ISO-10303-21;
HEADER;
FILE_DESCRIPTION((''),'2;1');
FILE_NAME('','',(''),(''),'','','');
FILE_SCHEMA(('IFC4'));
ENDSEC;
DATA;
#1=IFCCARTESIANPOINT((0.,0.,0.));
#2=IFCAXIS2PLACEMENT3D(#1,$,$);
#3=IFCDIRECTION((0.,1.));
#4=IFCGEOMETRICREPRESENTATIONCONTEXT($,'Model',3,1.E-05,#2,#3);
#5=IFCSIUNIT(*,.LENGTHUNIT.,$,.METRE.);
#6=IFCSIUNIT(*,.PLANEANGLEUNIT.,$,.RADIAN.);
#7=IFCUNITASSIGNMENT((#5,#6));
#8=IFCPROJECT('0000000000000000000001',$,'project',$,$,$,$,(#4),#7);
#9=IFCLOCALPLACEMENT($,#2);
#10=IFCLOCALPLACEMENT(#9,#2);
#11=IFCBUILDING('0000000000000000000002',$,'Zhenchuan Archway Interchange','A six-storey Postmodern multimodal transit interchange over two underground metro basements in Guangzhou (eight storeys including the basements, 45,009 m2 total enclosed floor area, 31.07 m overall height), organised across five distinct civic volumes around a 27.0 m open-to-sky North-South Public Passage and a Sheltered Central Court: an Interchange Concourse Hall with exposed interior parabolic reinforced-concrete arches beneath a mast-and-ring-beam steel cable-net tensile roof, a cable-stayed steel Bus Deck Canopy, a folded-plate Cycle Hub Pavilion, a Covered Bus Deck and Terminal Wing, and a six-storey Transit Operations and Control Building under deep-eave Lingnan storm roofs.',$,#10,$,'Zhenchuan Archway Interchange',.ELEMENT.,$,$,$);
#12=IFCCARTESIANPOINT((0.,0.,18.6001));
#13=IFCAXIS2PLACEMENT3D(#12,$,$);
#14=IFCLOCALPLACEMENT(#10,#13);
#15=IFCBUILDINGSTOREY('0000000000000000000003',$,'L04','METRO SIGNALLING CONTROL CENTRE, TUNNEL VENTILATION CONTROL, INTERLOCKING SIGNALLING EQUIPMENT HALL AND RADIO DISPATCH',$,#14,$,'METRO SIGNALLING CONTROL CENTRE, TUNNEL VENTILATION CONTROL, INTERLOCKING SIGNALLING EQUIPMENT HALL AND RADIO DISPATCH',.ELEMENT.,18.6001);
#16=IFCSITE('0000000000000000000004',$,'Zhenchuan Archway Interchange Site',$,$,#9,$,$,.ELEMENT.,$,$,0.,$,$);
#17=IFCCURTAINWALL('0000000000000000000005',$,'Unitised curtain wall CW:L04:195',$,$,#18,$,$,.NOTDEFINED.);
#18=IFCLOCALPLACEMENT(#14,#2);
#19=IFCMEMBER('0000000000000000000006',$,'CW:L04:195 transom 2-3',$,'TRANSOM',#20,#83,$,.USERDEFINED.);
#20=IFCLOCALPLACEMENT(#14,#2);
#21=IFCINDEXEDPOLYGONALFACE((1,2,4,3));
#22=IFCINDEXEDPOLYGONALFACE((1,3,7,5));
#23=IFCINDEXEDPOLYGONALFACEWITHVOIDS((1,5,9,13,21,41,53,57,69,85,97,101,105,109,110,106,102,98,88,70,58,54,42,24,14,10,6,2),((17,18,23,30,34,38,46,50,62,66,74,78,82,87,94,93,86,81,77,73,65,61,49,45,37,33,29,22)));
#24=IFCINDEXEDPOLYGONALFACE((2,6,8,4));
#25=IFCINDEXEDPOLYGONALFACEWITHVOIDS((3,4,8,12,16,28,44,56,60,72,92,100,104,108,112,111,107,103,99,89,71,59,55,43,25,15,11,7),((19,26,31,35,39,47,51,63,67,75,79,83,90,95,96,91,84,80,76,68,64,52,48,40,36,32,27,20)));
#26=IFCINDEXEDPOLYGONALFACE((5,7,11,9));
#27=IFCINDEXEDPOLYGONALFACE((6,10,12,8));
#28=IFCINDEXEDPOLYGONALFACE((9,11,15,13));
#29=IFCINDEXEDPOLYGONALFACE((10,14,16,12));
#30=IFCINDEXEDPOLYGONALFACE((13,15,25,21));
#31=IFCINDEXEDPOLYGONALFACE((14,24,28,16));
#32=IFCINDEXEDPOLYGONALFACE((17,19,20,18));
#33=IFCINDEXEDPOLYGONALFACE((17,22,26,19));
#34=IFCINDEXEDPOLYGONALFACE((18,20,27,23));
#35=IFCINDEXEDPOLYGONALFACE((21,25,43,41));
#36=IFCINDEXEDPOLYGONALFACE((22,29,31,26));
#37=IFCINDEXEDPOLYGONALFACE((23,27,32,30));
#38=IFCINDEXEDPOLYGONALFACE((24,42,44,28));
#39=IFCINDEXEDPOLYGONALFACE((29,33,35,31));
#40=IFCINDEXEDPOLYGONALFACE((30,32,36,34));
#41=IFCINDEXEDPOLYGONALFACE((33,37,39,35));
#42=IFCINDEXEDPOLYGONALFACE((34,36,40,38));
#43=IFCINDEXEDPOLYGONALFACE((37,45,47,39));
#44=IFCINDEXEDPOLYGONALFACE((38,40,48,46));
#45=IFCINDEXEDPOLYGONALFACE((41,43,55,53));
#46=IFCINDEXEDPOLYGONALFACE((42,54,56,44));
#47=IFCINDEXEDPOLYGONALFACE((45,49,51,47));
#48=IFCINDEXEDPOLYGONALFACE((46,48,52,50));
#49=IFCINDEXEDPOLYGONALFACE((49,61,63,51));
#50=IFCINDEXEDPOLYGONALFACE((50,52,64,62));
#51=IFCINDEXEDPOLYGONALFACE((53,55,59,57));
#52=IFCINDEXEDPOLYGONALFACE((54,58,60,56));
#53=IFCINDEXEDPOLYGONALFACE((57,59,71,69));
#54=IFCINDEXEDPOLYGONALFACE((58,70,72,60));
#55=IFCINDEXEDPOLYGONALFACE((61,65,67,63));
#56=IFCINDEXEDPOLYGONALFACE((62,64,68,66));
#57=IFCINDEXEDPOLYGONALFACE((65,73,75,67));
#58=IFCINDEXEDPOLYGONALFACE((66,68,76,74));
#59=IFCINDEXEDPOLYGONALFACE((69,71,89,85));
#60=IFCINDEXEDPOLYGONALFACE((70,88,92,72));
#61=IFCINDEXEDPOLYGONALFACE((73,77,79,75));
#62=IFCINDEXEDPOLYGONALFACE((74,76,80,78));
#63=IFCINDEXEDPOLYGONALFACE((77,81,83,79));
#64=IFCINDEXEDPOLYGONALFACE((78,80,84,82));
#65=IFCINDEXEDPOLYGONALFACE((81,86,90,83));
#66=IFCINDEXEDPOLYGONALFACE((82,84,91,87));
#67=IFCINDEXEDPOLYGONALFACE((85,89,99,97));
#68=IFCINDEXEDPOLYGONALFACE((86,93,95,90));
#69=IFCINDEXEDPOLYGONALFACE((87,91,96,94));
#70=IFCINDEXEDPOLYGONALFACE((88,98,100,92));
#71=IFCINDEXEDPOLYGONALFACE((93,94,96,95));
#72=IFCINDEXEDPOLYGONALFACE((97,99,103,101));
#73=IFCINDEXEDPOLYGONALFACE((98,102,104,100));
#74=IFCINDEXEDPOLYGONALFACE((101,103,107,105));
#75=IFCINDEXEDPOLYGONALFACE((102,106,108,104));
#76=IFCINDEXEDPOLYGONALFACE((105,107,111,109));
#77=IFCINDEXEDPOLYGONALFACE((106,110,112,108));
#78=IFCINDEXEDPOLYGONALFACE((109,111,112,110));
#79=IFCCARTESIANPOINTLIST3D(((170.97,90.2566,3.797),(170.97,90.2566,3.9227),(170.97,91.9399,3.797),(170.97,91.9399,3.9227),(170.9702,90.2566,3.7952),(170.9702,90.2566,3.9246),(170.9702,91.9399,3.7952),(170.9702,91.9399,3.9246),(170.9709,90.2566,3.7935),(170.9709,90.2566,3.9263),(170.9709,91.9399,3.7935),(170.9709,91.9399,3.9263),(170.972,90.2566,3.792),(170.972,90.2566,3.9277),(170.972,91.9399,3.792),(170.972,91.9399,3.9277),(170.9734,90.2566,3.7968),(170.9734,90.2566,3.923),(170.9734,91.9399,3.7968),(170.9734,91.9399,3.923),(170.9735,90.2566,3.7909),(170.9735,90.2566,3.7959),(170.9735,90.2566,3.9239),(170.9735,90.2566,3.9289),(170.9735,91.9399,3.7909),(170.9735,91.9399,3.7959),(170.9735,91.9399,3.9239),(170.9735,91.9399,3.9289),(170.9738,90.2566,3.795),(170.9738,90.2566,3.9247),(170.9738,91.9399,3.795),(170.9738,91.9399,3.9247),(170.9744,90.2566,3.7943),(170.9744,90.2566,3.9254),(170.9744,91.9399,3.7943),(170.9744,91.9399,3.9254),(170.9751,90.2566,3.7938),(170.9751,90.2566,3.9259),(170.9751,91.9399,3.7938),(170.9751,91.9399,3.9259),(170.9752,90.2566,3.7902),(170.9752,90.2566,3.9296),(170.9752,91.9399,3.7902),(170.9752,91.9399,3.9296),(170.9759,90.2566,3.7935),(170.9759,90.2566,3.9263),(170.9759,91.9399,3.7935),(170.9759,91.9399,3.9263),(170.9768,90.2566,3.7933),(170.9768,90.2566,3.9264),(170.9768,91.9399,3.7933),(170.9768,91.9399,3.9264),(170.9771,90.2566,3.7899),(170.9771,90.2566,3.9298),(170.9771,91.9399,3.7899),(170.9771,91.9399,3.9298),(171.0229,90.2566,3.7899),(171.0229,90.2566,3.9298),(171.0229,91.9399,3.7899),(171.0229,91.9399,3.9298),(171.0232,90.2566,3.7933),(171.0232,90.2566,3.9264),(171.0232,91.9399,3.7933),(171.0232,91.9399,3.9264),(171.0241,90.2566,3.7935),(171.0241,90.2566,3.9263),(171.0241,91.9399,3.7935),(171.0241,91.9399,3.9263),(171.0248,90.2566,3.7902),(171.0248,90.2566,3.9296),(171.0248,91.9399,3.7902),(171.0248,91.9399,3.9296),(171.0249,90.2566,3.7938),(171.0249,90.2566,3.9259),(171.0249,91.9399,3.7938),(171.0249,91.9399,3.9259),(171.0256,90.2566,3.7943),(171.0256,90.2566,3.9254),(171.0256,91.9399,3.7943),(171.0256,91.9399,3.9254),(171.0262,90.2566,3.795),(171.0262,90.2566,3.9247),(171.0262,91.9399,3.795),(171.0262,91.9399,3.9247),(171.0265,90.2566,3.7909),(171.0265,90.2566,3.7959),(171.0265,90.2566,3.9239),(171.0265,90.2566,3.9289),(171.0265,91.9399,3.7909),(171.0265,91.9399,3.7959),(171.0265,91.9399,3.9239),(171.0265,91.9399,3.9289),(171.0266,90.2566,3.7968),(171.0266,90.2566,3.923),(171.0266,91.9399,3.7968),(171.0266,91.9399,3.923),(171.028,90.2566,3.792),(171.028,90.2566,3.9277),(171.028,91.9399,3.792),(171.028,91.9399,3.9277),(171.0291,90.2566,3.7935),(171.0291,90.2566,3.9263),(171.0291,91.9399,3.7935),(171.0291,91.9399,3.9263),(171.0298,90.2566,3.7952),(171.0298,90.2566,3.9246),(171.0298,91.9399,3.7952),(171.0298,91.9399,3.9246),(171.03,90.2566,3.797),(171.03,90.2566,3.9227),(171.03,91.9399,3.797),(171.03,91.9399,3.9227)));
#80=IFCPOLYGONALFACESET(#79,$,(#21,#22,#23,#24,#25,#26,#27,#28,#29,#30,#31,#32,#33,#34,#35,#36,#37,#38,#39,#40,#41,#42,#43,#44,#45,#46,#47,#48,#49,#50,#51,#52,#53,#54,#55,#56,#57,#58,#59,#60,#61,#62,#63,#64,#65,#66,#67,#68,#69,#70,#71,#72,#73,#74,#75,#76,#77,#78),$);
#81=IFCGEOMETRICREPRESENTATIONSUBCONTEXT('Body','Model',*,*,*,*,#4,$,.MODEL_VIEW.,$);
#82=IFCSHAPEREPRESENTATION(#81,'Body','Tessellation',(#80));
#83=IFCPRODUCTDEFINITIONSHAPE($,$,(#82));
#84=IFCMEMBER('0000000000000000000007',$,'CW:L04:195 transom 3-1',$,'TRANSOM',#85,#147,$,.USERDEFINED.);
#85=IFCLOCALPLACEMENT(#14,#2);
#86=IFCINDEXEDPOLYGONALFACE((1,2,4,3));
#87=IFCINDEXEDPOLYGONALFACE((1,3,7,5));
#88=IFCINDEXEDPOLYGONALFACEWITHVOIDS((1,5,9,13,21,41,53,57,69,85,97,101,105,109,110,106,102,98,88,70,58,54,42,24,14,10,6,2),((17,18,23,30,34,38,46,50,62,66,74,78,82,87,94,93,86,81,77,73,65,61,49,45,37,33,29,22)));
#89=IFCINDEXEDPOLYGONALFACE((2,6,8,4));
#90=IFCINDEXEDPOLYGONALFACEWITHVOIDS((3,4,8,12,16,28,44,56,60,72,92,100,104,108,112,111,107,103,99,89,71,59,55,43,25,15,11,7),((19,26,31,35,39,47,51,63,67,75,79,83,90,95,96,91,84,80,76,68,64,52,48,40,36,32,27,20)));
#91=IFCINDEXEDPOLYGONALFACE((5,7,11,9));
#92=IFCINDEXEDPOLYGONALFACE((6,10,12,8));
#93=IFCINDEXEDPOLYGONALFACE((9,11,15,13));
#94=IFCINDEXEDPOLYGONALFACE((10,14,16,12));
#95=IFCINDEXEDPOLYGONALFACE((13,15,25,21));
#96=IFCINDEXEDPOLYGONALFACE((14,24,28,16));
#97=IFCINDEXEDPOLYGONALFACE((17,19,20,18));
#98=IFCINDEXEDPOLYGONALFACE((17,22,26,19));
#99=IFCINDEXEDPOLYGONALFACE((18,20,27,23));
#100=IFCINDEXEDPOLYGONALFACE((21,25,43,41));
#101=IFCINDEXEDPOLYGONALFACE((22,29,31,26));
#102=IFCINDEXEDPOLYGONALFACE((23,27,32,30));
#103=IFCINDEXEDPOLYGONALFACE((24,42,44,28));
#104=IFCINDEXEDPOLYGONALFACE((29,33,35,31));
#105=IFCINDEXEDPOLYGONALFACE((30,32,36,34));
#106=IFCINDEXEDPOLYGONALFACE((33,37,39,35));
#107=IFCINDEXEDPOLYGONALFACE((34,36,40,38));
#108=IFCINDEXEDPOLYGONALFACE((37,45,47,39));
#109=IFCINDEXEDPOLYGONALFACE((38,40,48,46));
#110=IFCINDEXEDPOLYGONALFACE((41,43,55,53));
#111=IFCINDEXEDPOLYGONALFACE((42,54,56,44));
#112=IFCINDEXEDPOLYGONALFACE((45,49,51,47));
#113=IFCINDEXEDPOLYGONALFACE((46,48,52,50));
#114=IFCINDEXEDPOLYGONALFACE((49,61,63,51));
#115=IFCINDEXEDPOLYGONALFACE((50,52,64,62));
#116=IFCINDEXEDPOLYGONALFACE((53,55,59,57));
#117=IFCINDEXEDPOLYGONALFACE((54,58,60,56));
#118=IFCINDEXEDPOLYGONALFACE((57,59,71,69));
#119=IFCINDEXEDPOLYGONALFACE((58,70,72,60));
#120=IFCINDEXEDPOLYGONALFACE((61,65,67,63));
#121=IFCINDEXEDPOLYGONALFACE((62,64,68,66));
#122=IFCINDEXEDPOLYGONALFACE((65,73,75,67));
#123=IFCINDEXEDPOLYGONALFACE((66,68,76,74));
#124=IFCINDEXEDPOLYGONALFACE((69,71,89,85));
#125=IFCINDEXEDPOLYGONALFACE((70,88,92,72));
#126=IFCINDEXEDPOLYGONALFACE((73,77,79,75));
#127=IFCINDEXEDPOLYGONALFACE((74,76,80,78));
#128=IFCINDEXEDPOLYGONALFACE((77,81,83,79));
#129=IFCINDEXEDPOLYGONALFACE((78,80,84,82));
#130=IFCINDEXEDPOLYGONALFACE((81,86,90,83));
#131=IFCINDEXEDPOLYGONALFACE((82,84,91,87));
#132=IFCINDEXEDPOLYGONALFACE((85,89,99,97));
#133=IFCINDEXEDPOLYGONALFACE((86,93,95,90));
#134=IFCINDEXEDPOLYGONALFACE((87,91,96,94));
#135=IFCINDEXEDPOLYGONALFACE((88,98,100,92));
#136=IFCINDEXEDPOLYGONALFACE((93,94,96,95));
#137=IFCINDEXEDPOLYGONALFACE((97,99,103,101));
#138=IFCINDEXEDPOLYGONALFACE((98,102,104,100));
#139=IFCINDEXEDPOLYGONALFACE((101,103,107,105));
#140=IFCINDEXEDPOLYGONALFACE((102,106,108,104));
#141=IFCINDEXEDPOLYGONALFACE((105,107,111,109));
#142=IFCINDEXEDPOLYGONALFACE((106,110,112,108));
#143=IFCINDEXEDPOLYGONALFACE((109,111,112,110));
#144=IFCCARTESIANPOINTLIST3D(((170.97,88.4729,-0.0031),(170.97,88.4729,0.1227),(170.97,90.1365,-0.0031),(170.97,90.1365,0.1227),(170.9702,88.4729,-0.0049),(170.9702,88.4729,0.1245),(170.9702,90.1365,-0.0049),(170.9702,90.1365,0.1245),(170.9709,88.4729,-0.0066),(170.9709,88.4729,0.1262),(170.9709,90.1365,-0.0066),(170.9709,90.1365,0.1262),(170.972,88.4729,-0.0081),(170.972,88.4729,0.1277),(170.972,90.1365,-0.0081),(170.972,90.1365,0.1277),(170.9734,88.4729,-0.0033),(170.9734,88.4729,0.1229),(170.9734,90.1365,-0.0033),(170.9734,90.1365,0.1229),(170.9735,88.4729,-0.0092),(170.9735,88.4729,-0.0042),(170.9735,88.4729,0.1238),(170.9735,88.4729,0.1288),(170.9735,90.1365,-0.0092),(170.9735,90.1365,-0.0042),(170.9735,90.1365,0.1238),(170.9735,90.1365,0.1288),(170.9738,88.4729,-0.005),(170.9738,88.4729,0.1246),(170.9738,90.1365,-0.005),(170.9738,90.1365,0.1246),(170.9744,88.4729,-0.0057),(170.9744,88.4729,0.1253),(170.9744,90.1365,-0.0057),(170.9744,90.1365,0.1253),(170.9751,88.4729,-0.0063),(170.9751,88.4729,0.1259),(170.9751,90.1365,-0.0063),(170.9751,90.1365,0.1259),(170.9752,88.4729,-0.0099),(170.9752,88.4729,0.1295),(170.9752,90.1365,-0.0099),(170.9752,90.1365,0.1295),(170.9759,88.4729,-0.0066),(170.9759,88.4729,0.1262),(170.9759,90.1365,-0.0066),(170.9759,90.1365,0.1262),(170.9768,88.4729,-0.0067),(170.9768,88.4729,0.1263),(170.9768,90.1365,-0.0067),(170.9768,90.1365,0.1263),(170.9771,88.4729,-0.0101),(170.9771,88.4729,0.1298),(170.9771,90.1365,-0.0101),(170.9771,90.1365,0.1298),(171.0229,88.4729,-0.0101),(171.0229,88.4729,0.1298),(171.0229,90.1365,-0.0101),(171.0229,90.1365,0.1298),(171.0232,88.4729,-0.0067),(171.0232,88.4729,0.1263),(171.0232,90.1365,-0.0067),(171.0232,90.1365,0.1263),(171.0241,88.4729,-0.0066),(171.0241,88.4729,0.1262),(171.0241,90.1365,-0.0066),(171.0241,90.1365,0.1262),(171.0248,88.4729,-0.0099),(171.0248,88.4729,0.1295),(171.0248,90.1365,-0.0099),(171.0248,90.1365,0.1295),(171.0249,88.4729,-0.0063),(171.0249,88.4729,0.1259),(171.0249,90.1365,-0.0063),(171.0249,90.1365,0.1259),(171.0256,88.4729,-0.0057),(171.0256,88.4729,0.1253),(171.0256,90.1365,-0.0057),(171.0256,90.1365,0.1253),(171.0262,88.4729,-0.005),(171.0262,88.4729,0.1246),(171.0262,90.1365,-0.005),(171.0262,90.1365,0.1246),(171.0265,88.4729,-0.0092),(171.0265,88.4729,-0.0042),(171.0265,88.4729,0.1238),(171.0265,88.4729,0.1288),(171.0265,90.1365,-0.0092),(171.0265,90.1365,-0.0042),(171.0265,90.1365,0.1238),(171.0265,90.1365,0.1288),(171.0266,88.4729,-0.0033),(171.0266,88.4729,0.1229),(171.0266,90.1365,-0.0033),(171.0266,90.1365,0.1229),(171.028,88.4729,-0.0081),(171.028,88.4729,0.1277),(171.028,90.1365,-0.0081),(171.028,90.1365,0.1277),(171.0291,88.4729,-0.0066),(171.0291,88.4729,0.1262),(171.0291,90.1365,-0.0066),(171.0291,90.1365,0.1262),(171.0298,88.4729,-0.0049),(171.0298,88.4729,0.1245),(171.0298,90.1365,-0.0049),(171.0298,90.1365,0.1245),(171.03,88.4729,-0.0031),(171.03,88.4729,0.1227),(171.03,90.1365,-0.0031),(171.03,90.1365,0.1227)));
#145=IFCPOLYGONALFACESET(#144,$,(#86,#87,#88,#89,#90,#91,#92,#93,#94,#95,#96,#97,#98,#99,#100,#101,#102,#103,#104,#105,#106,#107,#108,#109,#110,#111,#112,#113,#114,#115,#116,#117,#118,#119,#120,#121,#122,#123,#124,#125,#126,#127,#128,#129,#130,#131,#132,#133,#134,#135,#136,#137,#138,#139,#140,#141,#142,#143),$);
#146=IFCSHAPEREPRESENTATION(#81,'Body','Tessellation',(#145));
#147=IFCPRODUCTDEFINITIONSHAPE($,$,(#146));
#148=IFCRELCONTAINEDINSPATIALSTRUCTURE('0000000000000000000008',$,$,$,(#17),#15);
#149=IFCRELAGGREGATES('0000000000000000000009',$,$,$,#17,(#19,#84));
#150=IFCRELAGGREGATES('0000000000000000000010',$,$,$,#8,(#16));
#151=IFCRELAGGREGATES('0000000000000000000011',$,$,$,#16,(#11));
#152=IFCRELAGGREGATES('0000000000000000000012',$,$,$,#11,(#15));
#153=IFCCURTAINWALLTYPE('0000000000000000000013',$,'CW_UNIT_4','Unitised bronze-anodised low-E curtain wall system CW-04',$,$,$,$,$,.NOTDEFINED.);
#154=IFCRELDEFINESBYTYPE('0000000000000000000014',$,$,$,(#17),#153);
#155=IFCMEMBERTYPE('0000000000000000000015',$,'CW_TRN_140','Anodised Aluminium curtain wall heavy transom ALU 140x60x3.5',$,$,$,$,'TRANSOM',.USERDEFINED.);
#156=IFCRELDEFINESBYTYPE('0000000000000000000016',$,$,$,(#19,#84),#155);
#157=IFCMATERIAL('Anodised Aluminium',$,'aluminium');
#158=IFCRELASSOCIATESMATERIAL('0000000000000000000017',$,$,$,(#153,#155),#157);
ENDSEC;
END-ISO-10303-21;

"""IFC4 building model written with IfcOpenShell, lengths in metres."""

from ifc_helpers import new_model, si_unit, direction, frame, origin, origin_2d, place, context, subcontext, project, spatial, hollow_rectangle, extrude, material, material_profile, profile_set, type_object, element, aggregate, save


model = new_model("IFC4")

# Units and contexts
model_context = context("Model", 3, precision=1e-05, world=origin(), true_north=direction((0.0, 1.0)))
body_context = subcontext(model_context, "Body", "Model", "MODEL_VIEW")
ifc_project = project(units=[si_unit("LENGTHUNIT", "METRE"), si_unit("PLANEANGLEUNIT", "RADIAN")], contexts=[model_context])

# Site, building, storey
site_placement = place(None, origin())
site = spatial("IfcSite", under=ifc_project, at=site_placement, Name="Zhenchuan Archway Interchange Site", CompositionType="ELEMENT", RefElevation=0.0)
building_placement = place(site_placement, origin())
building = spatial("IfcBuilding", under=site, at=building_placement, Name="Zhenchuan Archway Interchange", Description="A six-storey Postmodern multimodal transit interchange over two underground metro basements in Guangzhou (eight storeys including the basements, 45,009 m2 total enclosed floor area, 31.07 m overall height), organised across five distinct civic volumes around a 27.0 m open-to-sky North-South Public Passage and a Sheltered Central Court: an Interchange Concourse Hall with exposed interior parabolic reinforced-concrete arches beneath a mast-and-ring-beam steel cable-net tensile roof, a cable-stayed steel Bus Deck Canopy, a folded-plate Cycle Hub Pavilion, a Covered Bus Deck and Terminal Wing, and a six-storey Transit Operations and Control Building under deep-eave Lingnan storm roofs.", LongName="Zhenchuan Archway Interchange", CompositionType="ELEMENT")
storey_placement = place(building_placement, frame((0.0, 0.0, 18.6001)))
storey = spatial("IfcBuildingStorey", under=building, at=storey_placement, Name="L04", Description="METRO SIGNALLING CONTROL CENTRE, TUNNEL VENTILATION CONTROL, INTERLOCKING SIGNALLING EQUIPMENT HALL AND RADIO DISPATCH", LongName="METRO SIGNALLING CONTROL CENTRE, TUNNEL VENTILATION CONTROL, INTERLOCKING SIGNALLING EQUIPMENT HALL AND RADIO DISPATCH", CompositionType="ELEMENT", Elevation=18.6001)

# Curtain wall, members
ifc_material_1 = material(Name="Anodised Aluminium", Category="aluminium")
curtain_wall_type = type_object("IfcCurtainWallType", Name="CW_UNIT_4", Description="Unitised bronze-anodised low-E curtain wall system CW-04", PredefinedType="NOTDEFINED", material=ifc_material_1)
curtain_wall_placement = place(storey_placement, origin())
curtain_wall = element("IfcCurtainWall", 1, at=curtain_wall_placement, inside=storey, type_object=curtain_wall_type, Name="Unitised curtain wall CW:L04:195", PredefinedType="NOTDEFINED")
ifc_material_profile_1 = material_profile(ifc_material_1, hollow_rectangle(XDim=0.0601, YDim=0.1399, WallThickness=0.0034, InnerFilletRadius=0.0034, OuterFilletRadius=0.0071, at=origin_2d()), Name="ALU 140x60x3.5")
ifc_profile_set_1 = profile_set([ifc_material_profile_1], Name="Anodised Aluminium")
member_type_1 = type_object("IfcMemberType", Name="CW_TRN_140", Description="Anodised Aluminium curtain wall heavy transom ALU 140x60x3.5", ElementType="TRANSOM", PredefinedType="USERDEFINED", material=ifc_profile_set_1)
member_1_placement = place(storey_placement, frame((171.0, 91.9399, 3.8599), z_axis=(0.0, -1.0, 0.0), x_axis=(1.0, 0.0, 0.0)))
member_1 = element("IfcMember", 2, at=member_1_placement, type_object=member_type_1, Name="CW:L04:195 transom 2-3", ObjectType="TRANSOM", PredefinedType="USERDEFINED", context=body_context, shape_type="SweptSolid", body=[
    extrude(hollow_rectangle(XDim=0.0601, YDim=0.1399, WallThickness=0.0034, InnerFilletRadius=0.0034, OuterFilletRadius=0.0071, at=origin_2d()), origin(), (0.0, 0.0, 1.0), 1.6833),
])
member_2_placement = place(storey_placement, frame((171.0, 90.1365, 0.0598), z_axis=(0.0, -1.0, 0.0), x_axis=(1.0, 0.0, 0.0)))
member_2 = element("IfcMember", 3, at=member_2_placement, type_object=member_type_1, Name="CW:L04:195 transom 3-1", ObjectType="TRANSOM", PredefinedType="USERDEFINED", context=body_context, shape_type="SweptSolid", body=[
    extrude(hollow_rectangle(XDim=0.0601, YDim=0.1399, WallThickness=0.0034, InnerFilletRadius=0.0034, OuterFilletRadius=0.0071, at=origin_2d()), origin(), (0.0, 0.0, 1.0), 1.6636),
])
aggregate(curtain_wall, [member_1, member_2])

save(model, "model.ifc")
